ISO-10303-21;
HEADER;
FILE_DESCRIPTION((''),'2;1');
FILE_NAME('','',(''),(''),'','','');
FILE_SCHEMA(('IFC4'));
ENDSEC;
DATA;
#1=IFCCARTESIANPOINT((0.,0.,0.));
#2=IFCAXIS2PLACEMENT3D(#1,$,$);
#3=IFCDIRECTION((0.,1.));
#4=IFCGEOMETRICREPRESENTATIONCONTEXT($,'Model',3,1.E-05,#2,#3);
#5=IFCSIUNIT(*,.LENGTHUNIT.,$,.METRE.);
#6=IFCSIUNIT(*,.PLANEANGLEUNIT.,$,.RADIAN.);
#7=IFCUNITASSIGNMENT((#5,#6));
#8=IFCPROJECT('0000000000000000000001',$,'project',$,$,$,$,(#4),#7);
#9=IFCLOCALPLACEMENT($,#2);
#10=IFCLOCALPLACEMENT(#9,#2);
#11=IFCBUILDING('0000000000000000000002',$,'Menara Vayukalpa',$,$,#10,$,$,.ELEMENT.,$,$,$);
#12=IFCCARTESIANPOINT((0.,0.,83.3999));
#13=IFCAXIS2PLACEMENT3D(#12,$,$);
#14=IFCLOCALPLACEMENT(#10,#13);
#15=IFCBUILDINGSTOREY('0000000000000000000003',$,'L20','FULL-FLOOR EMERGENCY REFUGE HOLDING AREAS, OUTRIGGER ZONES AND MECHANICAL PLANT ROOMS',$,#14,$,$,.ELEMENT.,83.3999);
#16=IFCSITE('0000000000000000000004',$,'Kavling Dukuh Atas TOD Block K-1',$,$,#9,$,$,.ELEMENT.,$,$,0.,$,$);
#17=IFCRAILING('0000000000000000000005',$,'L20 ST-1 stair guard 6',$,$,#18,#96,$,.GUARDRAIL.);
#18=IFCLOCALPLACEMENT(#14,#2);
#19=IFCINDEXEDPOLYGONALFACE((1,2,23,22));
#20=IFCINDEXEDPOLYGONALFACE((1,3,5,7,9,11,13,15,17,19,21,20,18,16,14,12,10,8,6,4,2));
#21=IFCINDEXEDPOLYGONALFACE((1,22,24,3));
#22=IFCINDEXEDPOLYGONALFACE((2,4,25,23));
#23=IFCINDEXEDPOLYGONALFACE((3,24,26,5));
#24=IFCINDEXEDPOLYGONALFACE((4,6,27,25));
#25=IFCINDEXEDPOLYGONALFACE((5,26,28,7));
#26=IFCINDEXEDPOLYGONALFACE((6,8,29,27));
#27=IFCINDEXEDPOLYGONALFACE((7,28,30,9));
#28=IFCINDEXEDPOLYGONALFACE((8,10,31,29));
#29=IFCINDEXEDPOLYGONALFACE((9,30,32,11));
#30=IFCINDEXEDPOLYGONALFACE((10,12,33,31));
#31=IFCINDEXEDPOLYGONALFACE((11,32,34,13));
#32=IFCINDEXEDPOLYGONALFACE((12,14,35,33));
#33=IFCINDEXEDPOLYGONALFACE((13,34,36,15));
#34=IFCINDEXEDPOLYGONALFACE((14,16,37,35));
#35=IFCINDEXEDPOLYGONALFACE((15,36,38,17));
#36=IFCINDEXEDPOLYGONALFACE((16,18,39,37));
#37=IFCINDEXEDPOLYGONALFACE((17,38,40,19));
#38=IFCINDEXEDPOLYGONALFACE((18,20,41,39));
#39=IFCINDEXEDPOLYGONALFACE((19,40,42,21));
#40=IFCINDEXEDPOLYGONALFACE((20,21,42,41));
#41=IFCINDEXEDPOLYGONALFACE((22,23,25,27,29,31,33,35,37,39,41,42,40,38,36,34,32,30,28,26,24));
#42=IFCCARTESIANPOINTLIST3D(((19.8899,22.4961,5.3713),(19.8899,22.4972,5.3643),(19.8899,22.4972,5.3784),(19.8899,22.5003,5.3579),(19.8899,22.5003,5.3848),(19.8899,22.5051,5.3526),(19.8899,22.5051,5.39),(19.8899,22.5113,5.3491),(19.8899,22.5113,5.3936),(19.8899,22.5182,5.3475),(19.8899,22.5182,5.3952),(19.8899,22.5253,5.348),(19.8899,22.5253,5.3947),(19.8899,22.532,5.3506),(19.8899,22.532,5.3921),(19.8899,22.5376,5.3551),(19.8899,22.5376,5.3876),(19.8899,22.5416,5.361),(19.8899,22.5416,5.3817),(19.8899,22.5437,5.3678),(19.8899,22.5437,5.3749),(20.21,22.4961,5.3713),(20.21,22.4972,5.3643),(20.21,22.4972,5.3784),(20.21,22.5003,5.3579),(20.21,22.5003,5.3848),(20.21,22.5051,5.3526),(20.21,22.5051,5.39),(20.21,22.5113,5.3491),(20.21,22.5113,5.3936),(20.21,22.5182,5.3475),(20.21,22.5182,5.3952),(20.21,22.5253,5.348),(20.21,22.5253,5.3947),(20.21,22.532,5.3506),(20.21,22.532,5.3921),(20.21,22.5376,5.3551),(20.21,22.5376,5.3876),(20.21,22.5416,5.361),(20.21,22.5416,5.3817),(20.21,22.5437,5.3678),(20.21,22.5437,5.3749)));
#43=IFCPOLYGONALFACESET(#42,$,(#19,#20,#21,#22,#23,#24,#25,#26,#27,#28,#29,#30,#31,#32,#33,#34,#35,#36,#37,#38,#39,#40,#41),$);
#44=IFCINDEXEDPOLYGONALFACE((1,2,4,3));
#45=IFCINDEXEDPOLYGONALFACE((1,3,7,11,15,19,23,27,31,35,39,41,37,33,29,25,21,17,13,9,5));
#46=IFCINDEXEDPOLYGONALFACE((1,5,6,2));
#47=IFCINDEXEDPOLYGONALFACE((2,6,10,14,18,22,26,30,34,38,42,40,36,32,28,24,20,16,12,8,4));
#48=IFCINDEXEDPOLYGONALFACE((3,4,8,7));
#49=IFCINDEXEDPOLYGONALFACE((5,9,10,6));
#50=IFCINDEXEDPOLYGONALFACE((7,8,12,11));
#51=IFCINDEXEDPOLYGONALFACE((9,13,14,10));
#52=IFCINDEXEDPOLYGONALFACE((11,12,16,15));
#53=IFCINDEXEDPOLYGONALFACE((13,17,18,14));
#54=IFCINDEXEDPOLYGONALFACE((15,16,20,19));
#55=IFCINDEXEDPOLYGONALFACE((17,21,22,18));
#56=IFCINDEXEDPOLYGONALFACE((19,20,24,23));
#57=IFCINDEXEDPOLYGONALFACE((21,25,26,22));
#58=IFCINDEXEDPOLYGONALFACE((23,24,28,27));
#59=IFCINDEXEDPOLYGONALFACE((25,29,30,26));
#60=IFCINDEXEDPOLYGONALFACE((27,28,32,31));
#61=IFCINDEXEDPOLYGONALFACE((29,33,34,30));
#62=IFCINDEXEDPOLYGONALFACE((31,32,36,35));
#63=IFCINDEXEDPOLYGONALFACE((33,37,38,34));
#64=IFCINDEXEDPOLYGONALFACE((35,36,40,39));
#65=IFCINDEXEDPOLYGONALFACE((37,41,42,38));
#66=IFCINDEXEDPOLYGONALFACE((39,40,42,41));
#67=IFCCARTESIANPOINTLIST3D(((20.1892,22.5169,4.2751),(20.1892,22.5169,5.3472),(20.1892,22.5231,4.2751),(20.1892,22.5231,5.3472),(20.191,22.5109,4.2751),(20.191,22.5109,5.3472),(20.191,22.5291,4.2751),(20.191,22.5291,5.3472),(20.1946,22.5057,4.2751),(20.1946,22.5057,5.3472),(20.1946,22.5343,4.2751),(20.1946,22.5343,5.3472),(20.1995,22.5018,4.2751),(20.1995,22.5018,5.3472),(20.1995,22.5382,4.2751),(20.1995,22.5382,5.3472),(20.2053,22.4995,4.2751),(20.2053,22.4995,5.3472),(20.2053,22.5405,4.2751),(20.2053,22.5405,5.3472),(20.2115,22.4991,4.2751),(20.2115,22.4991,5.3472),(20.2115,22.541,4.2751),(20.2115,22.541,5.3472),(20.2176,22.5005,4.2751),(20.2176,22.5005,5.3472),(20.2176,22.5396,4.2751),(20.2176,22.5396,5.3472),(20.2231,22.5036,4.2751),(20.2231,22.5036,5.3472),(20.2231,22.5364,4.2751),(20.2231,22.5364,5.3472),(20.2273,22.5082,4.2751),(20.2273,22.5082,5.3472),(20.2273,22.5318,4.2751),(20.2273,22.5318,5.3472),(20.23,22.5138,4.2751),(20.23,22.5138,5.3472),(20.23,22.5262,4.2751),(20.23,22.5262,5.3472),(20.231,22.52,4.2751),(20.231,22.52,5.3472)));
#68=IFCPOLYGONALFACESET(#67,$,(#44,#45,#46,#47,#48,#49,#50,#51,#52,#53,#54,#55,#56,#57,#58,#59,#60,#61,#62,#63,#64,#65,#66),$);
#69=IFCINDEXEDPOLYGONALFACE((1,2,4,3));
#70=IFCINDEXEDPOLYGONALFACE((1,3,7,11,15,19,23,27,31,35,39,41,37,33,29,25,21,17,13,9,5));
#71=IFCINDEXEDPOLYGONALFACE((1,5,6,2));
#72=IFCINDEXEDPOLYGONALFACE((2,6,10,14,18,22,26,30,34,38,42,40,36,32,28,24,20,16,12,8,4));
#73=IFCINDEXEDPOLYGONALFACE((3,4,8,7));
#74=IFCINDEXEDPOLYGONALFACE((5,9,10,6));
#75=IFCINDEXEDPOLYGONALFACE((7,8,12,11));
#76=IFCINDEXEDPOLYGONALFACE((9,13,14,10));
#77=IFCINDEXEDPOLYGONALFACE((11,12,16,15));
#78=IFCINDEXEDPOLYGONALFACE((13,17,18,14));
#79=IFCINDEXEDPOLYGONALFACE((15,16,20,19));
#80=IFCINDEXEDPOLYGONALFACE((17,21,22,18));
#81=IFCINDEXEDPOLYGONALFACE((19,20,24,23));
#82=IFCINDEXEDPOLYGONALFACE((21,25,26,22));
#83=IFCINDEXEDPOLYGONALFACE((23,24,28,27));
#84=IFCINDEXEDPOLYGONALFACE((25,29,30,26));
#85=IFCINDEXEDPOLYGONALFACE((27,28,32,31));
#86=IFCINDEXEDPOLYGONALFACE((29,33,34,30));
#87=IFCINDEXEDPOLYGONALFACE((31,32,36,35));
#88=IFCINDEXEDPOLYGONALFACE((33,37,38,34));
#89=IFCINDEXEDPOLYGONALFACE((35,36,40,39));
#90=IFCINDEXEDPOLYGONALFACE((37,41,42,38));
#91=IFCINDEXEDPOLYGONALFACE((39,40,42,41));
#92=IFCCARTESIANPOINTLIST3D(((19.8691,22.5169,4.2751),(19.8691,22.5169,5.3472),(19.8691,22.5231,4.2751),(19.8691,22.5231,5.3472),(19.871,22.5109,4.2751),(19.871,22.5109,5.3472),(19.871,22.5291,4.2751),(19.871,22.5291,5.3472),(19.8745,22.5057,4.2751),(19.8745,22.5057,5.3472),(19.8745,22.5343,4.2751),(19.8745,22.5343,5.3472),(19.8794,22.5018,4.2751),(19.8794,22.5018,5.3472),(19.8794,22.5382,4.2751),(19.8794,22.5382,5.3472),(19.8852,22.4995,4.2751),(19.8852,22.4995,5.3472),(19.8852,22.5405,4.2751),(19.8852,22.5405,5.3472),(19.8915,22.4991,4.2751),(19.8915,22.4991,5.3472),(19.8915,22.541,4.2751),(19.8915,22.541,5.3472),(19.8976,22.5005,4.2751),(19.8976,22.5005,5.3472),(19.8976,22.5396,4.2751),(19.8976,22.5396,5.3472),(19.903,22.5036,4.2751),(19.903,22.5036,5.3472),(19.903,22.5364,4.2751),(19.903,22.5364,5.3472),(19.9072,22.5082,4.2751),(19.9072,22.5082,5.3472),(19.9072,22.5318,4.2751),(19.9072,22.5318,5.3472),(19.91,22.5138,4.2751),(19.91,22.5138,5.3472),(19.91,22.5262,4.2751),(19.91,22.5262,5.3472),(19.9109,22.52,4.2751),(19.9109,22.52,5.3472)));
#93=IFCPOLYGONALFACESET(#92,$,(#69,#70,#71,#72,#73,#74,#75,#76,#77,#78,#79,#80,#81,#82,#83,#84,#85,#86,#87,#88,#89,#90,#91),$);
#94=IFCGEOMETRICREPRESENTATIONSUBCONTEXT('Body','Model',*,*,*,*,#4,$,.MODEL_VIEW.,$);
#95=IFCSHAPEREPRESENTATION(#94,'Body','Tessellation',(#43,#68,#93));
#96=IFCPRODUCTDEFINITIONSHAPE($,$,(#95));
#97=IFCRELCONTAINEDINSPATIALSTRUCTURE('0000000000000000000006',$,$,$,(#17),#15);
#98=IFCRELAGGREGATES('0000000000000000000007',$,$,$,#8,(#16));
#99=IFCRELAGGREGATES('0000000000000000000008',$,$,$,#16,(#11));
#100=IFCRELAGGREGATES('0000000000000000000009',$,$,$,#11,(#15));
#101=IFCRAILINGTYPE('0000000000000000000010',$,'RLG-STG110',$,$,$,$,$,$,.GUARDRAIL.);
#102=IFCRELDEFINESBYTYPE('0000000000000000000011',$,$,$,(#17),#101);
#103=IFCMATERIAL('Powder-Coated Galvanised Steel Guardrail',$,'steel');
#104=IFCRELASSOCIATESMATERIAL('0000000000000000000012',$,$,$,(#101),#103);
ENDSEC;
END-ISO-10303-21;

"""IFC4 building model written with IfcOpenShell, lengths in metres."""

from ifc_helpers import new_model, si_unit, direction, frame, origin, origin_2d, place, context, subcontext, project, spatial, circle, extrude, material, type_object, element, save


model = new_model("IFC4")

# Units and contexts
model_context = context("Model", 3, precision=1e-05, world=origin(), true_north=direction((0.0, 1.0)))
body_context = subcontext(model_context, "Body", "Model", "MODEL_VIEW")
ifc_project = project(units=[si_unit("LENGTHUNIT", "METRE"), si_unit("PLANEANGLEUNIT", "RADIAN")], contexts=[model_context])

# Site, building, storey
site_placement = place(None, origin())
site = spatial("IfcSite", under=ifc_project, at=site_placement, Name="Kavling Dukuh Atas TOD Block K-1", CompositionType="ELEMENT", RefElevation=0.0)
building_placement = place(site_placement, origin())
building = spatial("IfcBuilding", under=site, at=building_placement, Name="Menara Vayukalpa", CompositionType="ELEMENT")
storey_placement = place(building_placement, frame((0.0, 0.0, 83.3999)))
storey = spatial("IfcBuildingStorey", under=building, at=storey_placement, Name="L20", Description="FULL-FLOOR EMERGENCY REFUGE HOLDING AREAS, OUTRIGGER ZONES AND MECHANICAL PLANT ROOMS", CompositionType="ELEMENT", Elevation=83.3999)

# Railing
ifc_material_1 = material(Name="Powder-Coated Galvanised Steel Guardrail", Category="steel")
railing_type_1 = type_object("IfcRailingType", Name="RLG-STG110", PredefinedType="GUARDRAIL", material=ifc_material_1)
railing_1_placement = place(storey_placement, frame((20.21, 22.52, 4.2751)))
element("IfcRailing", 1, at=railing_1_placement, inside=storey, type_object=railing_type_1, Name="L20 ST-1 stair guard 6", PredefinedType="GUARDRAIL", context=body_context, shape_type="SweptSolid", body=[
    extrude(circle(Radius=0.0239, at=origin_2d()), frame((0.0, 0.0, 1.0962), z_axis=(-1.0, 0.0, 0.0), x_axis=(0.0, -1.0, 0.0)), (0.0, 0.0, 1.0), 0.3201),
    extrude(circle(Radius=0.021, at=origin_2d()), origin(), (0.0, 0.0, 1.0), 1.072),
    extrude(circle(Radius=0.021, at=origin_2d()), frame((-0.3201, 0.0, 0.0)), (0.0, 0.0, 1.0), 1.072),
])

save(model, "model.ifc")
